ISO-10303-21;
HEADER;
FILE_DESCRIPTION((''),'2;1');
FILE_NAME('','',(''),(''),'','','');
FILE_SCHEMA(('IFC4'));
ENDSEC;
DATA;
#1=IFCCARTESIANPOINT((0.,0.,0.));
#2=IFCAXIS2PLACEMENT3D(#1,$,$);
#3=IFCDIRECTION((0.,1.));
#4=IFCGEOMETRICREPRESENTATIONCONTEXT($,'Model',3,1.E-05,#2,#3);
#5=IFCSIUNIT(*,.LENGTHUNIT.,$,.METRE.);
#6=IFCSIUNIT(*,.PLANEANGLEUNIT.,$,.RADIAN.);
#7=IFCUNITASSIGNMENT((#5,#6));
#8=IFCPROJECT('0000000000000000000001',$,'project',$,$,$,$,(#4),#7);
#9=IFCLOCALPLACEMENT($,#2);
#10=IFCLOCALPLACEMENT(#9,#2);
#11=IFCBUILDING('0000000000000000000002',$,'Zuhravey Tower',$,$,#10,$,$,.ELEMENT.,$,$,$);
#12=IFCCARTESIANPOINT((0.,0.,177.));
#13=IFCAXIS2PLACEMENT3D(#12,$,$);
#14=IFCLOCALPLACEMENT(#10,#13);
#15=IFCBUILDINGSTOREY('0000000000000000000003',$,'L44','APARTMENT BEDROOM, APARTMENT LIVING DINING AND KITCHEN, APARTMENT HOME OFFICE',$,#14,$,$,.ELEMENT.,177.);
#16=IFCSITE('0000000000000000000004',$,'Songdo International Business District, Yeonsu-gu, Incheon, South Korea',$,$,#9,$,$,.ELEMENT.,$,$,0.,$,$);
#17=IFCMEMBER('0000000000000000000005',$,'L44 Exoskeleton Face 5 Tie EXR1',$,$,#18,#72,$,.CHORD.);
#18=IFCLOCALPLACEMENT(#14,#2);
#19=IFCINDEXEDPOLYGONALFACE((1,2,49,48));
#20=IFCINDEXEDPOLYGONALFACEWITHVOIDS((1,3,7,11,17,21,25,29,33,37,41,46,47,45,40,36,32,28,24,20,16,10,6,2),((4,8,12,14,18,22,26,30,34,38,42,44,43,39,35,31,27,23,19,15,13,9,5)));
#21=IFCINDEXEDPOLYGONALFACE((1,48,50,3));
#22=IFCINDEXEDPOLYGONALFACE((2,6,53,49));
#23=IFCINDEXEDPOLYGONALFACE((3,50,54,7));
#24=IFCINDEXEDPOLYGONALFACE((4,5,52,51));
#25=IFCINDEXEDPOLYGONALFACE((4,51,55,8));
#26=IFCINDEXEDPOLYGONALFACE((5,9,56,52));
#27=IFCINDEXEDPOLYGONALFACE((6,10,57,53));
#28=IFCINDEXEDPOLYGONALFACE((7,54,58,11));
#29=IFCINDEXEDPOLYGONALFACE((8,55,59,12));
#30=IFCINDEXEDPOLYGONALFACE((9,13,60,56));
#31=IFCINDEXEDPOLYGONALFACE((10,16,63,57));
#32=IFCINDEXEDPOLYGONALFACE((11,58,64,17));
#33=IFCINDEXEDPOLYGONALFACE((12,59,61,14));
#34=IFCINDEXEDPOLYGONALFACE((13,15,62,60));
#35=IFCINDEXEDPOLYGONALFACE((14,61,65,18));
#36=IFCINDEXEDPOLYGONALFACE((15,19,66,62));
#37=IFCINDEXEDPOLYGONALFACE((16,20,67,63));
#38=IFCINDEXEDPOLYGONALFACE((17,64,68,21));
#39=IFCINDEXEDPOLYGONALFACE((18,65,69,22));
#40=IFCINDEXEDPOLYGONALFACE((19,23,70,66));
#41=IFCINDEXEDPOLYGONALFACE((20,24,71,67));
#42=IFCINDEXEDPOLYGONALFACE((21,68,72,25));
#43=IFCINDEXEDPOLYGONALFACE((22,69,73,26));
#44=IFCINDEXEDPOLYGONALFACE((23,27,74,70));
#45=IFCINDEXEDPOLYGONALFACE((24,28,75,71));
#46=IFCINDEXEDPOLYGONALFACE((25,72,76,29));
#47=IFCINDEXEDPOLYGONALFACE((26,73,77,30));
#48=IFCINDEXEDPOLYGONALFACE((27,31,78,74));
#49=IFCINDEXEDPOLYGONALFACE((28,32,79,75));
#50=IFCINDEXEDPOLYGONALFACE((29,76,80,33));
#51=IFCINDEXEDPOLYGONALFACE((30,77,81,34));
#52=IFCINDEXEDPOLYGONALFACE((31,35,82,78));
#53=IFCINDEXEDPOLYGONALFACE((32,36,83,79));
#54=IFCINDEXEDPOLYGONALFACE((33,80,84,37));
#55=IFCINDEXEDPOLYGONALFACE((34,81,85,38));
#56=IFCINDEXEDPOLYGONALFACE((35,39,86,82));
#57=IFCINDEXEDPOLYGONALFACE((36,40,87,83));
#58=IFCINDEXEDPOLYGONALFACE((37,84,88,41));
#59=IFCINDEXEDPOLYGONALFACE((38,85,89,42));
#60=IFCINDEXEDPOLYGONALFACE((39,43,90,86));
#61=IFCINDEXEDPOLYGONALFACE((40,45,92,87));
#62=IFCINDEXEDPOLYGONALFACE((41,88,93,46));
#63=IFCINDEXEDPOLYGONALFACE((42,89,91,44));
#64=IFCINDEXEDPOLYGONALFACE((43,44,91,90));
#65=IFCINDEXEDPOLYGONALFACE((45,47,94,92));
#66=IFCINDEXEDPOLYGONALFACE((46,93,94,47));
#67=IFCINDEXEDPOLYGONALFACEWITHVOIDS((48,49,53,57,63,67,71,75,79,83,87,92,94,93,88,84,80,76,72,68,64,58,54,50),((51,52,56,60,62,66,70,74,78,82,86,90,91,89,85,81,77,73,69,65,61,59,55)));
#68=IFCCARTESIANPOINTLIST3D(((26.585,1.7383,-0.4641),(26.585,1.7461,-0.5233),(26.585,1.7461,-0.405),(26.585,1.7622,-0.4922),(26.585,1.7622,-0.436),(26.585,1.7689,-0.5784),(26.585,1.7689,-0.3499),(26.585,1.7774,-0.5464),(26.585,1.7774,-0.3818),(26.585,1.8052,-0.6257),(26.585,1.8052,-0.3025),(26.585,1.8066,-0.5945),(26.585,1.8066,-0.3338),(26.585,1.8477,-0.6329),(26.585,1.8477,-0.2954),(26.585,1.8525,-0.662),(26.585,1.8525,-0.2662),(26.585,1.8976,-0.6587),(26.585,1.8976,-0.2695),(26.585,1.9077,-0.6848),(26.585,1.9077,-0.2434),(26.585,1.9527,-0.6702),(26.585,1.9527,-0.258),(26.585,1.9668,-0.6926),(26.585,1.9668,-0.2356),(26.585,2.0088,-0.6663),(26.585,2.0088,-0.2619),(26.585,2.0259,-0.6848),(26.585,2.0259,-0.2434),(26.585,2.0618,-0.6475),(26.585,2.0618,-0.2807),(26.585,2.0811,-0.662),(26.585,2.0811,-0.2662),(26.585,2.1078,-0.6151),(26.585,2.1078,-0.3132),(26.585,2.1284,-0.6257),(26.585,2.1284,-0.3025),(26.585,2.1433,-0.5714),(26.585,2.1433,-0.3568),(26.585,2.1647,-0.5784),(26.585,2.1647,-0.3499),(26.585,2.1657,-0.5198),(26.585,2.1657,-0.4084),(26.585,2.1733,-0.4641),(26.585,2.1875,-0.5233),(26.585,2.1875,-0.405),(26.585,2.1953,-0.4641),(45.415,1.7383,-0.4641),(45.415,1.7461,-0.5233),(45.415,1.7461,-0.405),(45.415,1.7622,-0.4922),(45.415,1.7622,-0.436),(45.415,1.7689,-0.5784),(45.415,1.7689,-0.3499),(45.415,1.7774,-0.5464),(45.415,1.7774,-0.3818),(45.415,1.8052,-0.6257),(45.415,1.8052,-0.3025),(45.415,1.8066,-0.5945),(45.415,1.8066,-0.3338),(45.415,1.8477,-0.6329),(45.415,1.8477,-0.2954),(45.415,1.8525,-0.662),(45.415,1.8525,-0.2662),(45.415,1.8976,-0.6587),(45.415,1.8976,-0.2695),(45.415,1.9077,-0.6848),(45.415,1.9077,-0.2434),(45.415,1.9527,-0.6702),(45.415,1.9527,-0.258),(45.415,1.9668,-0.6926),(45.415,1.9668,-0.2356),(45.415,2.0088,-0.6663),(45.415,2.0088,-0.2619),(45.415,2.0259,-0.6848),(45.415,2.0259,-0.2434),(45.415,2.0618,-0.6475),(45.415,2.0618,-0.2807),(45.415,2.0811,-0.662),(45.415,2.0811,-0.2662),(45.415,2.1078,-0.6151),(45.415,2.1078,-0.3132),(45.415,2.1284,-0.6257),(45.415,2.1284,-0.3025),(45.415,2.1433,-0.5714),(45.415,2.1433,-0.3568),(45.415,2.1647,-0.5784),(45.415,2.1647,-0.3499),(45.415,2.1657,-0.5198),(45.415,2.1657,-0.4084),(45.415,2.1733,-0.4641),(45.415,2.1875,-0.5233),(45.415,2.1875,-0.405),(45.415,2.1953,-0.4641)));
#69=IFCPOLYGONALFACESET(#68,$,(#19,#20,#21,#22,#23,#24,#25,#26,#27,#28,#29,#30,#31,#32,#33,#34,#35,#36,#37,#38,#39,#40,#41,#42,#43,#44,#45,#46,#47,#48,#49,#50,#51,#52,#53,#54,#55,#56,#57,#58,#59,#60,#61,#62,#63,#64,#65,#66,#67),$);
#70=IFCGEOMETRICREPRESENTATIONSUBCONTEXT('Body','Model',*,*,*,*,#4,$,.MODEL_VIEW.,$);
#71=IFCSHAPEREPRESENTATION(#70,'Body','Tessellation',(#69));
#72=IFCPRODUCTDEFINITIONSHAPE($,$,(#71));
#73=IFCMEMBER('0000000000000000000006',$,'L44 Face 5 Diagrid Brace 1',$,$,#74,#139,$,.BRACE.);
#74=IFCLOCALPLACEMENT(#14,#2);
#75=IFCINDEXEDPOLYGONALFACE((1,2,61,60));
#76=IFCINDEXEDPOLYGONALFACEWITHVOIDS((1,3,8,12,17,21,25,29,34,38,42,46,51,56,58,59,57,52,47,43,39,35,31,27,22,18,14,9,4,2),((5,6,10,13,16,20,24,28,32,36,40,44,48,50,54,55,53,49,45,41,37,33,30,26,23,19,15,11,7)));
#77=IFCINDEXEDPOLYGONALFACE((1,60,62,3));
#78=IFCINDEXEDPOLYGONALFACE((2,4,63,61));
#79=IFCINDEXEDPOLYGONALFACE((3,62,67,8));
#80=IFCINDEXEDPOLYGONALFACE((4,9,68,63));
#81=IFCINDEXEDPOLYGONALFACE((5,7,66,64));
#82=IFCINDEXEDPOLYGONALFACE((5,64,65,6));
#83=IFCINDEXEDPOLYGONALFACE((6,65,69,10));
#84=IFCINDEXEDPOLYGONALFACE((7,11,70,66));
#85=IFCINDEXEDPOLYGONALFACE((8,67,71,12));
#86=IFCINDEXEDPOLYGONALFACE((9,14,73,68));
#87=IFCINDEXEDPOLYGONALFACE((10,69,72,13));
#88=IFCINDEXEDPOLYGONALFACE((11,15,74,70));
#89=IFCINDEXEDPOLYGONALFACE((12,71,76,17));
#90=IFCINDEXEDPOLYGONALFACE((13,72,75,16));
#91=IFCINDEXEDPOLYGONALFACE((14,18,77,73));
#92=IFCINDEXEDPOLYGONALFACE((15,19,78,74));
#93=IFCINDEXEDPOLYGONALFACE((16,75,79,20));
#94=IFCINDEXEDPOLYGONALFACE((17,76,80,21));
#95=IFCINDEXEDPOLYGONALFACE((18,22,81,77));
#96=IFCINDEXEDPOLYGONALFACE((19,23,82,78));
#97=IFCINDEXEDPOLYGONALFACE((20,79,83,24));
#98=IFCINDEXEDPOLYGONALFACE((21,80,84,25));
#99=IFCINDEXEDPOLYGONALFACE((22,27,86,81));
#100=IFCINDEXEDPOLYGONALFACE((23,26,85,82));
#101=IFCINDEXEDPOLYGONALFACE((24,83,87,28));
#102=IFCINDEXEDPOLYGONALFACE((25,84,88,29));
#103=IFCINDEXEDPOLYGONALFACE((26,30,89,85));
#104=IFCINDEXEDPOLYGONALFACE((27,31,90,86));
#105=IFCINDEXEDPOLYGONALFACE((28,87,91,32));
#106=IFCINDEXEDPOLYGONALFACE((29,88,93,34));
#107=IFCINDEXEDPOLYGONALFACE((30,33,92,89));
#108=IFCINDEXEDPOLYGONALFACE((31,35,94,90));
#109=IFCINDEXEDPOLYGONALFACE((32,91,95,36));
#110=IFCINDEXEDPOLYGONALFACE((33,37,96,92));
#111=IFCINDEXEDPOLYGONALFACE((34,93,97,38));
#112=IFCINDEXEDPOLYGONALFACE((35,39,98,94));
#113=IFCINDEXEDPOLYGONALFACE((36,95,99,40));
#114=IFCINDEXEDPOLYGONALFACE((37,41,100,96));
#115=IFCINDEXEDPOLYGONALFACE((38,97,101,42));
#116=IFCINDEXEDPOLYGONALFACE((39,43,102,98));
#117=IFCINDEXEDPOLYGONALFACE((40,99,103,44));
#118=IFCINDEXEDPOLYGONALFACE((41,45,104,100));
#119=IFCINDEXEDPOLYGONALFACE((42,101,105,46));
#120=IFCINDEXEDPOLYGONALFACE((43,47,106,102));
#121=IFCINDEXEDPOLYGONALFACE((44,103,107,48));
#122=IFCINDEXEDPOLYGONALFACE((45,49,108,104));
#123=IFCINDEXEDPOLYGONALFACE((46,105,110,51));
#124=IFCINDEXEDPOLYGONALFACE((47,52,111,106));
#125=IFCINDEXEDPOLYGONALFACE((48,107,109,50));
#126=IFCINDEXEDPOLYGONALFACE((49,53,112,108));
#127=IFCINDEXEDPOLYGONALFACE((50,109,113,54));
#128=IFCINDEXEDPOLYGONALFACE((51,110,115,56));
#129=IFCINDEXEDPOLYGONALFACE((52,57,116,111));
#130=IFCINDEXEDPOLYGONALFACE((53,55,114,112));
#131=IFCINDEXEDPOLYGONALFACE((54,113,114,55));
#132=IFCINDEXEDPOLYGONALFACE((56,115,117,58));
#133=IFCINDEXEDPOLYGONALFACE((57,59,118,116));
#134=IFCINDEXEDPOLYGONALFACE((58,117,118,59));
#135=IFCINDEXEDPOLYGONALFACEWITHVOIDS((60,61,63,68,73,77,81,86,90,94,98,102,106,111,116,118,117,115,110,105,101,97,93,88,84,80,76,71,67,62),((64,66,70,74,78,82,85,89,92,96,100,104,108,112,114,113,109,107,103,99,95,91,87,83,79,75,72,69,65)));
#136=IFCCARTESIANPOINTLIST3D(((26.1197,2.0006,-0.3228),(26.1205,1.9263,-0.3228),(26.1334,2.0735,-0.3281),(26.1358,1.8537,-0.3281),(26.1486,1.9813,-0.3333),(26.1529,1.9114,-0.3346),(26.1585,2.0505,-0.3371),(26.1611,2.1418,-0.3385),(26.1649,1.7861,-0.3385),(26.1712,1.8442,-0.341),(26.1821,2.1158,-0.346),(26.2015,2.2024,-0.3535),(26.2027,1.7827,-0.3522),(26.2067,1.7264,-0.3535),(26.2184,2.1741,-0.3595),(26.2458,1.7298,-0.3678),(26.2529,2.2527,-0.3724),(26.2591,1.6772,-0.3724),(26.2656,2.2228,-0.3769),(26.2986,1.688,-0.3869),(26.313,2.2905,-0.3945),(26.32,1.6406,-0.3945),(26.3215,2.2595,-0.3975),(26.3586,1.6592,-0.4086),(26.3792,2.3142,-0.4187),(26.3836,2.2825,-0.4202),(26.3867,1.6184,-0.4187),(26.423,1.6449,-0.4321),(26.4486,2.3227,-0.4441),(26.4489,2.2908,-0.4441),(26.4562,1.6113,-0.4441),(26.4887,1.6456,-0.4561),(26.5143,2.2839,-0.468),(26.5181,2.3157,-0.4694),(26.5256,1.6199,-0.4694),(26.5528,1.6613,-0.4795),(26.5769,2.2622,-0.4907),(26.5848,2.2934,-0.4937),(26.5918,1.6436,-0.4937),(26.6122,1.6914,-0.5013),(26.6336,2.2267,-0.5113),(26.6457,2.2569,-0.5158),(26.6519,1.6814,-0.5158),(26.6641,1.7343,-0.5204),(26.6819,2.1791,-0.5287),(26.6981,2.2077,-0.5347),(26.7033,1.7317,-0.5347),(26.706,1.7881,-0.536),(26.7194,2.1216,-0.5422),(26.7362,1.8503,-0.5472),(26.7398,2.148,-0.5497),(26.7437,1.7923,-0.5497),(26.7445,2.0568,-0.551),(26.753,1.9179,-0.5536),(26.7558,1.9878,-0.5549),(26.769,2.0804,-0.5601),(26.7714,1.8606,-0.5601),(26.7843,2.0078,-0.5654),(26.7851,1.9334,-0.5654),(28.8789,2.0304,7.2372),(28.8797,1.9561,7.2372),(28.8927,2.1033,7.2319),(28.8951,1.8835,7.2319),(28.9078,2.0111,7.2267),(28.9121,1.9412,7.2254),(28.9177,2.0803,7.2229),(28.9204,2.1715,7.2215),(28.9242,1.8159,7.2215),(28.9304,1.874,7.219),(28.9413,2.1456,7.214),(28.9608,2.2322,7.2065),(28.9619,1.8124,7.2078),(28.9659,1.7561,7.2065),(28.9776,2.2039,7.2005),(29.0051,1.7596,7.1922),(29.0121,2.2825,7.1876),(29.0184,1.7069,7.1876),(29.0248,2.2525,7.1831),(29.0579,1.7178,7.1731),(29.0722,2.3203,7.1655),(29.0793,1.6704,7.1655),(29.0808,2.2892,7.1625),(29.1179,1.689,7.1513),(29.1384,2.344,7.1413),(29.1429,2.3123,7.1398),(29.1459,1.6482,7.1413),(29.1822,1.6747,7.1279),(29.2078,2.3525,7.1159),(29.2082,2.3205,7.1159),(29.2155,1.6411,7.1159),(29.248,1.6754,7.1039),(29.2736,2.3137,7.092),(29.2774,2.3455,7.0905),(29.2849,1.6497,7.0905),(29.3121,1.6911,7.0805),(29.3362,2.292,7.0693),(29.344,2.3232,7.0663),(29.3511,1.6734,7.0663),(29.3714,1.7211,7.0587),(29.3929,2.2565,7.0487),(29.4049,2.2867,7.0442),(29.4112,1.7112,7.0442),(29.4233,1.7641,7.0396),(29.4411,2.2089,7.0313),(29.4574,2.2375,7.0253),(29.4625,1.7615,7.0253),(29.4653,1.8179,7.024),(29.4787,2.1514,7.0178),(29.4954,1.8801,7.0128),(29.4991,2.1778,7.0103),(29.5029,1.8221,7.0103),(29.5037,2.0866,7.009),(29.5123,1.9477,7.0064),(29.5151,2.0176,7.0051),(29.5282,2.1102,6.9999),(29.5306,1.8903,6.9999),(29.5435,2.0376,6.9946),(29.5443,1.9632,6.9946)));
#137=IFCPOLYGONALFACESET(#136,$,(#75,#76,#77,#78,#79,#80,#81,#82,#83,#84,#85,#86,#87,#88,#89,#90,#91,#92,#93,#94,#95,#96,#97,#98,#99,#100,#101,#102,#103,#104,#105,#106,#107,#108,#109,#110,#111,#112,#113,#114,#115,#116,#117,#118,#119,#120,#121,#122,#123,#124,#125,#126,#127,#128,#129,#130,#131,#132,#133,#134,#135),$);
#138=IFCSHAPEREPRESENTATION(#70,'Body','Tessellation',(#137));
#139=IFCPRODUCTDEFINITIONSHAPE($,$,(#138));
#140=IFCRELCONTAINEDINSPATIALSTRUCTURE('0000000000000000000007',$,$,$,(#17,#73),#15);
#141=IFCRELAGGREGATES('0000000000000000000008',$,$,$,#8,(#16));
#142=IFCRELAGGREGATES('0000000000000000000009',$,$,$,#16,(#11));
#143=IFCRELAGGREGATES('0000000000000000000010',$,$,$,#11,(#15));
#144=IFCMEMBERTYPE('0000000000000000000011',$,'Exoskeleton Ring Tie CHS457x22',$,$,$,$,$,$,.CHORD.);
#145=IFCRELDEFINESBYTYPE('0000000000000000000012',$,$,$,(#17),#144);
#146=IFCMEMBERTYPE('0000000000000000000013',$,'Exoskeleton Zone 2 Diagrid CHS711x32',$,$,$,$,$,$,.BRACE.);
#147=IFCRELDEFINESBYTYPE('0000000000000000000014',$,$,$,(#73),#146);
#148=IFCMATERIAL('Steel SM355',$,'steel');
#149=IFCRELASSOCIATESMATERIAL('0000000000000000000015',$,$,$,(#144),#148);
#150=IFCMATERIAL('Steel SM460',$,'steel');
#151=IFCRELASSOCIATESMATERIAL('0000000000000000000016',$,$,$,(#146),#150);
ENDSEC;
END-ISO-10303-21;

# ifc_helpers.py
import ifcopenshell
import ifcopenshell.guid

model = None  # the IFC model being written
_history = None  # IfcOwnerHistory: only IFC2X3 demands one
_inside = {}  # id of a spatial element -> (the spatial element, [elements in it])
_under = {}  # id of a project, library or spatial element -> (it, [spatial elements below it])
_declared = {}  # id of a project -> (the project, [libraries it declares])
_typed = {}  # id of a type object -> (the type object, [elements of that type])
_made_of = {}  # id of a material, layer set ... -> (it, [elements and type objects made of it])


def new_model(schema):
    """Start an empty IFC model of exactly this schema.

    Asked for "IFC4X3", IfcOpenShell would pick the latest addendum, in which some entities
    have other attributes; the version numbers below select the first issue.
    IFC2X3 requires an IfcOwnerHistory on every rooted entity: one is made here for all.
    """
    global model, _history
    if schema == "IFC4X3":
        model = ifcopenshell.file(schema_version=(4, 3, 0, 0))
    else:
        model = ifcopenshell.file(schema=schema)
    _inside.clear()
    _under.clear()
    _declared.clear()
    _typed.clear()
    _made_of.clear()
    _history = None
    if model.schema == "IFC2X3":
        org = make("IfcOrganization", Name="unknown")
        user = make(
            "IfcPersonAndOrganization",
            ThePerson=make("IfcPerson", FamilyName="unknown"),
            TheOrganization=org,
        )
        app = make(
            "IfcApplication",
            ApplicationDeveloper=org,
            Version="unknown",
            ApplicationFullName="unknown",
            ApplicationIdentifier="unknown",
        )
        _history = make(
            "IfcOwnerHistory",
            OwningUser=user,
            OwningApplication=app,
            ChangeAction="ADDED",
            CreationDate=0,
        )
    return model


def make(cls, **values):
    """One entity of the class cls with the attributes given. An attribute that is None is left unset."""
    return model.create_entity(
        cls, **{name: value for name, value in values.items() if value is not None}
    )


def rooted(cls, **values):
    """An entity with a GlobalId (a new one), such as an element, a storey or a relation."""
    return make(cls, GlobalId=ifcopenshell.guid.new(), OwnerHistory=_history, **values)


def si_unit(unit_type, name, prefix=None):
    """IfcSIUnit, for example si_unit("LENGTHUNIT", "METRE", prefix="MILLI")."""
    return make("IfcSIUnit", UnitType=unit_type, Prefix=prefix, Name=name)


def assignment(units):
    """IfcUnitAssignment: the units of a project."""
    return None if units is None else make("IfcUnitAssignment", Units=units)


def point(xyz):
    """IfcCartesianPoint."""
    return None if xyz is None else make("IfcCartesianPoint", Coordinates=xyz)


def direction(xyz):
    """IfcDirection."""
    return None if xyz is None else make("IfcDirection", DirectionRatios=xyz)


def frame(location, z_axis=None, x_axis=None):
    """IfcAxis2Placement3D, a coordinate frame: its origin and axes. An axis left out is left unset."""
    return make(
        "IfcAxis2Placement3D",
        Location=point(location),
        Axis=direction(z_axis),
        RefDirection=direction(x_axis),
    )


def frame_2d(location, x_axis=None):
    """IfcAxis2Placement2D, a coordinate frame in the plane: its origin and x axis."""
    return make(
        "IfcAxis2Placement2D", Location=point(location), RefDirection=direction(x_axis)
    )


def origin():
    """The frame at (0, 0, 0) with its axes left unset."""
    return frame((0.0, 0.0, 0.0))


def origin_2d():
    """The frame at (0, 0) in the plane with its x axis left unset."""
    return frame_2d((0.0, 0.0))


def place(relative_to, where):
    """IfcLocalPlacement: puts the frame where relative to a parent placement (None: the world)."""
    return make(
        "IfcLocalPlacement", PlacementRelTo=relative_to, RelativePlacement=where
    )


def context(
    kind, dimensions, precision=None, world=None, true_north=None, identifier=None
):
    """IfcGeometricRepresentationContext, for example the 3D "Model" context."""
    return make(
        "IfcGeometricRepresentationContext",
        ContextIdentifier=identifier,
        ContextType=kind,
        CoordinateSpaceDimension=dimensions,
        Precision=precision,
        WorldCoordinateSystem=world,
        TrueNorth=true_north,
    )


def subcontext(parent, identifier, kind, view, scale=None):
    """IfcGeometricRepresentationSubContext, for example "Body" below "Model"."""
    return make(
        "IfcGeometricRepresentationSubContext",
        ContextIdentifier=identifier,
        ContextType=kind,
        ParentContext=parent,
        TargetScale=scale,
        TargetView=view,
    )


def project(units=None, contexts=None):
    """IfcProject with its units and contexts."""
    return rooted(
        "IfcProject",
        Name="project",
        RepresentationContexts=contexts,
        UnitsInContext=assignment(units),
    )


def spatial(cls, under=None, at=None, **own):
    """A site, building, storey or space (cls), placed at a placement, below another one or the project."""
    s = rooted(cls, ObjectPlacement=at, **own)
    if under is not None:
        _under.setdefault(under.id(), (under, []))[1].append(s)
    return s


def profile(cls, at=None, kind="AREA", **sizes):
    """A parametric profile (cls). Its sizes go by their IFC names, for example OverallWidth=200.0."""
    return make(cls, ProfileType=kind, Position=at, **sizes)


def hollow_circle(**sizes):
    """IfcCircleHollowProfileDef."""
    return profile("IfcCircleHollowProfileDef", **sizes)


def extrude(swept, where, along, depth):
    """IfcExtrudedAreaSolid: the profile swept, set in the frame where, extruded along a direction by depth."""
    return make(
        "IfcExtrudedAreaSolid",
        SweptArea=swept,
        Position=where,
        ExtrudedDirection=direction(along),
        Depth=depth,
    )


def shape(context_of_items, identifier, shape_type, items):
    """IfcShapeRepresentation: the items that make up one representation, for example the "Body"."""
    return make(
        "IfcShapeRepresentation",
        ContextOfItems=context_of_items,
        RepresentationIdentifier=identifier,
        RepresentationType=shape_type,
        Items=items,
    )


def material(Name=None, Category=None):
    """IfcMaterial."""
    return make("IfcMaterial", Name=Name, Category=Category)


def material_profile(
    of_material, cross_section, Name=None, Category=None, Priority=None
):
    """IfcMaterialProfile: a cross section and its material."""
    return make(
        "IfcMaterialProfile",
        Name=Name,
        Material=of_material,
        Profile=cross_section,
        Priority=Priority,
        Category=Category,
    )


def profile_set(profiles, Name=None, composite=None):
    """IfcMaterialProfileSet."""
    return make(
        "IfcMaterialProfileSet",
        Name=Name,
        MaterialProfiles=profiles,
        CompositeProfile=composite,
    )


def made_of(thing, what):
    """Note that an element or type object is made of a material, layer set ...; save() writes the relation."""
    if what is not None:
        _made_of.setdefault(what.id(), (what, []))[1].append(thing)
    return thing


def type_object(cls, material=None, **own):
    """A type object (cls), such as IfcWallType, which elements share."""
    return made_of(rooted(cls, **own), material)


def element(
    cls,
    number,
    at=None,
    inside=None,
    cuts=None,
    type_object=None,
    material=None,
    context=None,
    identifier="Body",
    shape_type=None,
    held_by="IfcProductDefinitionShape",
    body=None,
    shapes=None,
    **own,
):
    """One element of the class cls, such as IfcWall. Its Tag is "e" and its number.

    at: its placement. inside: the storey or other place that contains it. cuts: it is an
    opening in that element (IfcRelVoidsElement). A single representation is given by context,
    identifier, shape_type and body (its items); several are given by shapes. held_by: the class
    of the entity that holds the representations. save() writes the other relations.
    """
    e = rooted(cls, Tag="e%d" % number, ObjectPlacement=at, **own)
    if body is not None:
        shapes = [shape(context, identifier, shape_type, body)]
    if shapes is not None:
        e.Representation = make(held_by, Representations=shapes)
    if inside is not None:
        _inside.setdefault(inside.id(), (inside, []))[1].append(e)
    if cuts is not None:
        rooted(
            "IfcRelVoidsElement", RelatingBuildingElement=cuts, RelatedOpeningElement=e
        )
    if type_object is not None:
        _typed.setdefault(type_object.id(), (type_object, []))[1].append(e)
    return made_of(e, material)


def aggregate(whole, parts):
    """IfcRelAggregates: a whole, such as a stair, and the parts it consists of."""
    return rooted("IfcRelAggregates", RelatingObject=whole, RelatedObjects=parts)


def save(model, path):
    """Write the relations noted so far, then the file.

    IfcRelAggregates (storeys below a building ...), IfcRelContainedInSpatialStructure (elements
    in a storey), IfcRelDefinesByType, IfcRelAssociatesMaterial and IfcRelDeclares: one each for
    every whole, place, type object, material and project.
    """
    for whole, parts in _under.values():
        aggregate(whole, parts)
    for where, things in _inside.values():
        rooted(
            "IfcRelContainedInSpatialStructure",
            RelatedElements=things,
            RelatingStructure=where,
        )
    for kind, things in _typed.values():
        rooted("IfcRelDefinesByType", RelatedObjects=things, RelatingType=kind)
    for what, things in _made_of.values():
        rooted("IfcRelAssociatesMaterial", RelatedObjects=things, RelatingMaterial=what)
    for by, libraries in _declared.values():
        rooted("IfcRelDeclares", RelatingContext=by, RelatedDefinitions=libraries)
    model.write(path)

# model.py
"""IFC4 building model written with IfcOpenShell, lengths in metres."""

from ifc_helpers import new_model, si_unit, direction, frame, origin, origin_2d, place, context, subcontext, project, spatial, hollow_circle, extrude, material, material_profile, profile_set, type_object, element, save


model = new_model("IFC4")

# Units and contexts
model_context = context("Model", 3, precision=1e-05, world=origin(), true_north=direction((0.0, 1.0)))
body_context = subcontext(model_context, "Body", "Model", "MODEL_VIEW")
ifc_project = project(units=[si_unit("LENGTHUNIT", "METRE"), si_unit("PLANEANGLEUNIT", "RADIAN")], contexts=[model_context])

# Site, building, storey
site_placement = place(None, origin())
site = spatial("IfcSite", under=ifc_project, at=site_placement, Name="Songdo International Business District, Yeonsu-gu, Incheon, South Korea", CompositionType="ELEMENT", RefElevation=0.0)
building_placement = place(site_placement, origin())
building = spatial("IfcBuilding", under=site, at=building_placement, Name="Zuhravey Tower", CompositionType="ELEMENT")
storey_placement = place(building_placement, frame((0.0, 0.0, 177.0)))
storey = spatial("IfcBuildingStorey", under=building, at=storey_placement, Name="L44", Description="APARTMENT BEDROOM, APARTMENT LIVING DINING AND KITCHEN, APARTMENT HOME OFFICE", CompositionType="ELEMENT", Elevation=177.0)

# Members
ifc_material_1 = material(Name="Steel SM355", Category="steel")
ifc_material_profile_1 = material_profile(ifc_material_1, hollow_circle(Radius=0.2285, WallThickness=0.022, at=origin_2d()), Name="CHS-457.2x22")
ifc_profile_set_1 = profile_set([ifc_material_profile_1], Name="Steel SM355")
member_type_1 = type_object("IfcMemberType", Name="Exoskeleton Ring Tie CHS457x22", PredefinedType="CHORD", material=ifc_profile_set_1)
member_1_placement = place(storey_placement, frame((26.585, 1.9668, -0.4641), z_axis=(1.0, 0.0, 0.0), x_axis=(0.0, 1.0, 0.0)))
element("IfcMember", 1, at=member_1_placement, inside=storey, type_object=member_type_1, Name="L44 Exoskeleton Face 5 Tie EXR1", PredefinedType="CHORD", context=body_context, shape_type="SweptSolid", body=[
    extrude(hollow_circle(Radius=0.2285, WallThickness=0.022, at=origin_2d()), origin(), (0.0, 0.0, 1.0), 18.8301),
])
ifc_material_2 = material(Name="Steel SM460", Category="steel")
ifc_material_profile_2 = material_profile(ifc_material_2, hollow_circle(Radius=0.3557, WallThickness=0.032, at=origin_2d()), Name="CHS-711.2x32")
ifc_profile_set_2 = profile_set([ifc_material_profile_2], Name="Steel SM460")
member_type_2 = type_object("IfcMemberType", Name="Exoskeleton Zone 2 Diagrid CHS711x32", PredefinedType="BRACE", material=ifc_profile_set_2)
member_2_placement = place(storey_placement, frame((26.4524, 1.967, -0.4441), z_axis=(0.342856, 0.003701, 0.939381), x_axis=(-0.010794, 0.999942, 0.0)))
element("IfcMember", 2, at=member_2_placement, inside=storey, type_object=member_type_2, Name="L44 Face 5 Diagrid Brace 1", PredefinedType="BRACE", context=body_context, shape_type="SweptSolid", body=[
    extrude(hollow_circle(Radius=0.3557, WallThickness=0.032, at=origin_2d()), origin(), (0.0, 0.0, 1.0), 8.0479),
])

save(model, "model.ifc")
